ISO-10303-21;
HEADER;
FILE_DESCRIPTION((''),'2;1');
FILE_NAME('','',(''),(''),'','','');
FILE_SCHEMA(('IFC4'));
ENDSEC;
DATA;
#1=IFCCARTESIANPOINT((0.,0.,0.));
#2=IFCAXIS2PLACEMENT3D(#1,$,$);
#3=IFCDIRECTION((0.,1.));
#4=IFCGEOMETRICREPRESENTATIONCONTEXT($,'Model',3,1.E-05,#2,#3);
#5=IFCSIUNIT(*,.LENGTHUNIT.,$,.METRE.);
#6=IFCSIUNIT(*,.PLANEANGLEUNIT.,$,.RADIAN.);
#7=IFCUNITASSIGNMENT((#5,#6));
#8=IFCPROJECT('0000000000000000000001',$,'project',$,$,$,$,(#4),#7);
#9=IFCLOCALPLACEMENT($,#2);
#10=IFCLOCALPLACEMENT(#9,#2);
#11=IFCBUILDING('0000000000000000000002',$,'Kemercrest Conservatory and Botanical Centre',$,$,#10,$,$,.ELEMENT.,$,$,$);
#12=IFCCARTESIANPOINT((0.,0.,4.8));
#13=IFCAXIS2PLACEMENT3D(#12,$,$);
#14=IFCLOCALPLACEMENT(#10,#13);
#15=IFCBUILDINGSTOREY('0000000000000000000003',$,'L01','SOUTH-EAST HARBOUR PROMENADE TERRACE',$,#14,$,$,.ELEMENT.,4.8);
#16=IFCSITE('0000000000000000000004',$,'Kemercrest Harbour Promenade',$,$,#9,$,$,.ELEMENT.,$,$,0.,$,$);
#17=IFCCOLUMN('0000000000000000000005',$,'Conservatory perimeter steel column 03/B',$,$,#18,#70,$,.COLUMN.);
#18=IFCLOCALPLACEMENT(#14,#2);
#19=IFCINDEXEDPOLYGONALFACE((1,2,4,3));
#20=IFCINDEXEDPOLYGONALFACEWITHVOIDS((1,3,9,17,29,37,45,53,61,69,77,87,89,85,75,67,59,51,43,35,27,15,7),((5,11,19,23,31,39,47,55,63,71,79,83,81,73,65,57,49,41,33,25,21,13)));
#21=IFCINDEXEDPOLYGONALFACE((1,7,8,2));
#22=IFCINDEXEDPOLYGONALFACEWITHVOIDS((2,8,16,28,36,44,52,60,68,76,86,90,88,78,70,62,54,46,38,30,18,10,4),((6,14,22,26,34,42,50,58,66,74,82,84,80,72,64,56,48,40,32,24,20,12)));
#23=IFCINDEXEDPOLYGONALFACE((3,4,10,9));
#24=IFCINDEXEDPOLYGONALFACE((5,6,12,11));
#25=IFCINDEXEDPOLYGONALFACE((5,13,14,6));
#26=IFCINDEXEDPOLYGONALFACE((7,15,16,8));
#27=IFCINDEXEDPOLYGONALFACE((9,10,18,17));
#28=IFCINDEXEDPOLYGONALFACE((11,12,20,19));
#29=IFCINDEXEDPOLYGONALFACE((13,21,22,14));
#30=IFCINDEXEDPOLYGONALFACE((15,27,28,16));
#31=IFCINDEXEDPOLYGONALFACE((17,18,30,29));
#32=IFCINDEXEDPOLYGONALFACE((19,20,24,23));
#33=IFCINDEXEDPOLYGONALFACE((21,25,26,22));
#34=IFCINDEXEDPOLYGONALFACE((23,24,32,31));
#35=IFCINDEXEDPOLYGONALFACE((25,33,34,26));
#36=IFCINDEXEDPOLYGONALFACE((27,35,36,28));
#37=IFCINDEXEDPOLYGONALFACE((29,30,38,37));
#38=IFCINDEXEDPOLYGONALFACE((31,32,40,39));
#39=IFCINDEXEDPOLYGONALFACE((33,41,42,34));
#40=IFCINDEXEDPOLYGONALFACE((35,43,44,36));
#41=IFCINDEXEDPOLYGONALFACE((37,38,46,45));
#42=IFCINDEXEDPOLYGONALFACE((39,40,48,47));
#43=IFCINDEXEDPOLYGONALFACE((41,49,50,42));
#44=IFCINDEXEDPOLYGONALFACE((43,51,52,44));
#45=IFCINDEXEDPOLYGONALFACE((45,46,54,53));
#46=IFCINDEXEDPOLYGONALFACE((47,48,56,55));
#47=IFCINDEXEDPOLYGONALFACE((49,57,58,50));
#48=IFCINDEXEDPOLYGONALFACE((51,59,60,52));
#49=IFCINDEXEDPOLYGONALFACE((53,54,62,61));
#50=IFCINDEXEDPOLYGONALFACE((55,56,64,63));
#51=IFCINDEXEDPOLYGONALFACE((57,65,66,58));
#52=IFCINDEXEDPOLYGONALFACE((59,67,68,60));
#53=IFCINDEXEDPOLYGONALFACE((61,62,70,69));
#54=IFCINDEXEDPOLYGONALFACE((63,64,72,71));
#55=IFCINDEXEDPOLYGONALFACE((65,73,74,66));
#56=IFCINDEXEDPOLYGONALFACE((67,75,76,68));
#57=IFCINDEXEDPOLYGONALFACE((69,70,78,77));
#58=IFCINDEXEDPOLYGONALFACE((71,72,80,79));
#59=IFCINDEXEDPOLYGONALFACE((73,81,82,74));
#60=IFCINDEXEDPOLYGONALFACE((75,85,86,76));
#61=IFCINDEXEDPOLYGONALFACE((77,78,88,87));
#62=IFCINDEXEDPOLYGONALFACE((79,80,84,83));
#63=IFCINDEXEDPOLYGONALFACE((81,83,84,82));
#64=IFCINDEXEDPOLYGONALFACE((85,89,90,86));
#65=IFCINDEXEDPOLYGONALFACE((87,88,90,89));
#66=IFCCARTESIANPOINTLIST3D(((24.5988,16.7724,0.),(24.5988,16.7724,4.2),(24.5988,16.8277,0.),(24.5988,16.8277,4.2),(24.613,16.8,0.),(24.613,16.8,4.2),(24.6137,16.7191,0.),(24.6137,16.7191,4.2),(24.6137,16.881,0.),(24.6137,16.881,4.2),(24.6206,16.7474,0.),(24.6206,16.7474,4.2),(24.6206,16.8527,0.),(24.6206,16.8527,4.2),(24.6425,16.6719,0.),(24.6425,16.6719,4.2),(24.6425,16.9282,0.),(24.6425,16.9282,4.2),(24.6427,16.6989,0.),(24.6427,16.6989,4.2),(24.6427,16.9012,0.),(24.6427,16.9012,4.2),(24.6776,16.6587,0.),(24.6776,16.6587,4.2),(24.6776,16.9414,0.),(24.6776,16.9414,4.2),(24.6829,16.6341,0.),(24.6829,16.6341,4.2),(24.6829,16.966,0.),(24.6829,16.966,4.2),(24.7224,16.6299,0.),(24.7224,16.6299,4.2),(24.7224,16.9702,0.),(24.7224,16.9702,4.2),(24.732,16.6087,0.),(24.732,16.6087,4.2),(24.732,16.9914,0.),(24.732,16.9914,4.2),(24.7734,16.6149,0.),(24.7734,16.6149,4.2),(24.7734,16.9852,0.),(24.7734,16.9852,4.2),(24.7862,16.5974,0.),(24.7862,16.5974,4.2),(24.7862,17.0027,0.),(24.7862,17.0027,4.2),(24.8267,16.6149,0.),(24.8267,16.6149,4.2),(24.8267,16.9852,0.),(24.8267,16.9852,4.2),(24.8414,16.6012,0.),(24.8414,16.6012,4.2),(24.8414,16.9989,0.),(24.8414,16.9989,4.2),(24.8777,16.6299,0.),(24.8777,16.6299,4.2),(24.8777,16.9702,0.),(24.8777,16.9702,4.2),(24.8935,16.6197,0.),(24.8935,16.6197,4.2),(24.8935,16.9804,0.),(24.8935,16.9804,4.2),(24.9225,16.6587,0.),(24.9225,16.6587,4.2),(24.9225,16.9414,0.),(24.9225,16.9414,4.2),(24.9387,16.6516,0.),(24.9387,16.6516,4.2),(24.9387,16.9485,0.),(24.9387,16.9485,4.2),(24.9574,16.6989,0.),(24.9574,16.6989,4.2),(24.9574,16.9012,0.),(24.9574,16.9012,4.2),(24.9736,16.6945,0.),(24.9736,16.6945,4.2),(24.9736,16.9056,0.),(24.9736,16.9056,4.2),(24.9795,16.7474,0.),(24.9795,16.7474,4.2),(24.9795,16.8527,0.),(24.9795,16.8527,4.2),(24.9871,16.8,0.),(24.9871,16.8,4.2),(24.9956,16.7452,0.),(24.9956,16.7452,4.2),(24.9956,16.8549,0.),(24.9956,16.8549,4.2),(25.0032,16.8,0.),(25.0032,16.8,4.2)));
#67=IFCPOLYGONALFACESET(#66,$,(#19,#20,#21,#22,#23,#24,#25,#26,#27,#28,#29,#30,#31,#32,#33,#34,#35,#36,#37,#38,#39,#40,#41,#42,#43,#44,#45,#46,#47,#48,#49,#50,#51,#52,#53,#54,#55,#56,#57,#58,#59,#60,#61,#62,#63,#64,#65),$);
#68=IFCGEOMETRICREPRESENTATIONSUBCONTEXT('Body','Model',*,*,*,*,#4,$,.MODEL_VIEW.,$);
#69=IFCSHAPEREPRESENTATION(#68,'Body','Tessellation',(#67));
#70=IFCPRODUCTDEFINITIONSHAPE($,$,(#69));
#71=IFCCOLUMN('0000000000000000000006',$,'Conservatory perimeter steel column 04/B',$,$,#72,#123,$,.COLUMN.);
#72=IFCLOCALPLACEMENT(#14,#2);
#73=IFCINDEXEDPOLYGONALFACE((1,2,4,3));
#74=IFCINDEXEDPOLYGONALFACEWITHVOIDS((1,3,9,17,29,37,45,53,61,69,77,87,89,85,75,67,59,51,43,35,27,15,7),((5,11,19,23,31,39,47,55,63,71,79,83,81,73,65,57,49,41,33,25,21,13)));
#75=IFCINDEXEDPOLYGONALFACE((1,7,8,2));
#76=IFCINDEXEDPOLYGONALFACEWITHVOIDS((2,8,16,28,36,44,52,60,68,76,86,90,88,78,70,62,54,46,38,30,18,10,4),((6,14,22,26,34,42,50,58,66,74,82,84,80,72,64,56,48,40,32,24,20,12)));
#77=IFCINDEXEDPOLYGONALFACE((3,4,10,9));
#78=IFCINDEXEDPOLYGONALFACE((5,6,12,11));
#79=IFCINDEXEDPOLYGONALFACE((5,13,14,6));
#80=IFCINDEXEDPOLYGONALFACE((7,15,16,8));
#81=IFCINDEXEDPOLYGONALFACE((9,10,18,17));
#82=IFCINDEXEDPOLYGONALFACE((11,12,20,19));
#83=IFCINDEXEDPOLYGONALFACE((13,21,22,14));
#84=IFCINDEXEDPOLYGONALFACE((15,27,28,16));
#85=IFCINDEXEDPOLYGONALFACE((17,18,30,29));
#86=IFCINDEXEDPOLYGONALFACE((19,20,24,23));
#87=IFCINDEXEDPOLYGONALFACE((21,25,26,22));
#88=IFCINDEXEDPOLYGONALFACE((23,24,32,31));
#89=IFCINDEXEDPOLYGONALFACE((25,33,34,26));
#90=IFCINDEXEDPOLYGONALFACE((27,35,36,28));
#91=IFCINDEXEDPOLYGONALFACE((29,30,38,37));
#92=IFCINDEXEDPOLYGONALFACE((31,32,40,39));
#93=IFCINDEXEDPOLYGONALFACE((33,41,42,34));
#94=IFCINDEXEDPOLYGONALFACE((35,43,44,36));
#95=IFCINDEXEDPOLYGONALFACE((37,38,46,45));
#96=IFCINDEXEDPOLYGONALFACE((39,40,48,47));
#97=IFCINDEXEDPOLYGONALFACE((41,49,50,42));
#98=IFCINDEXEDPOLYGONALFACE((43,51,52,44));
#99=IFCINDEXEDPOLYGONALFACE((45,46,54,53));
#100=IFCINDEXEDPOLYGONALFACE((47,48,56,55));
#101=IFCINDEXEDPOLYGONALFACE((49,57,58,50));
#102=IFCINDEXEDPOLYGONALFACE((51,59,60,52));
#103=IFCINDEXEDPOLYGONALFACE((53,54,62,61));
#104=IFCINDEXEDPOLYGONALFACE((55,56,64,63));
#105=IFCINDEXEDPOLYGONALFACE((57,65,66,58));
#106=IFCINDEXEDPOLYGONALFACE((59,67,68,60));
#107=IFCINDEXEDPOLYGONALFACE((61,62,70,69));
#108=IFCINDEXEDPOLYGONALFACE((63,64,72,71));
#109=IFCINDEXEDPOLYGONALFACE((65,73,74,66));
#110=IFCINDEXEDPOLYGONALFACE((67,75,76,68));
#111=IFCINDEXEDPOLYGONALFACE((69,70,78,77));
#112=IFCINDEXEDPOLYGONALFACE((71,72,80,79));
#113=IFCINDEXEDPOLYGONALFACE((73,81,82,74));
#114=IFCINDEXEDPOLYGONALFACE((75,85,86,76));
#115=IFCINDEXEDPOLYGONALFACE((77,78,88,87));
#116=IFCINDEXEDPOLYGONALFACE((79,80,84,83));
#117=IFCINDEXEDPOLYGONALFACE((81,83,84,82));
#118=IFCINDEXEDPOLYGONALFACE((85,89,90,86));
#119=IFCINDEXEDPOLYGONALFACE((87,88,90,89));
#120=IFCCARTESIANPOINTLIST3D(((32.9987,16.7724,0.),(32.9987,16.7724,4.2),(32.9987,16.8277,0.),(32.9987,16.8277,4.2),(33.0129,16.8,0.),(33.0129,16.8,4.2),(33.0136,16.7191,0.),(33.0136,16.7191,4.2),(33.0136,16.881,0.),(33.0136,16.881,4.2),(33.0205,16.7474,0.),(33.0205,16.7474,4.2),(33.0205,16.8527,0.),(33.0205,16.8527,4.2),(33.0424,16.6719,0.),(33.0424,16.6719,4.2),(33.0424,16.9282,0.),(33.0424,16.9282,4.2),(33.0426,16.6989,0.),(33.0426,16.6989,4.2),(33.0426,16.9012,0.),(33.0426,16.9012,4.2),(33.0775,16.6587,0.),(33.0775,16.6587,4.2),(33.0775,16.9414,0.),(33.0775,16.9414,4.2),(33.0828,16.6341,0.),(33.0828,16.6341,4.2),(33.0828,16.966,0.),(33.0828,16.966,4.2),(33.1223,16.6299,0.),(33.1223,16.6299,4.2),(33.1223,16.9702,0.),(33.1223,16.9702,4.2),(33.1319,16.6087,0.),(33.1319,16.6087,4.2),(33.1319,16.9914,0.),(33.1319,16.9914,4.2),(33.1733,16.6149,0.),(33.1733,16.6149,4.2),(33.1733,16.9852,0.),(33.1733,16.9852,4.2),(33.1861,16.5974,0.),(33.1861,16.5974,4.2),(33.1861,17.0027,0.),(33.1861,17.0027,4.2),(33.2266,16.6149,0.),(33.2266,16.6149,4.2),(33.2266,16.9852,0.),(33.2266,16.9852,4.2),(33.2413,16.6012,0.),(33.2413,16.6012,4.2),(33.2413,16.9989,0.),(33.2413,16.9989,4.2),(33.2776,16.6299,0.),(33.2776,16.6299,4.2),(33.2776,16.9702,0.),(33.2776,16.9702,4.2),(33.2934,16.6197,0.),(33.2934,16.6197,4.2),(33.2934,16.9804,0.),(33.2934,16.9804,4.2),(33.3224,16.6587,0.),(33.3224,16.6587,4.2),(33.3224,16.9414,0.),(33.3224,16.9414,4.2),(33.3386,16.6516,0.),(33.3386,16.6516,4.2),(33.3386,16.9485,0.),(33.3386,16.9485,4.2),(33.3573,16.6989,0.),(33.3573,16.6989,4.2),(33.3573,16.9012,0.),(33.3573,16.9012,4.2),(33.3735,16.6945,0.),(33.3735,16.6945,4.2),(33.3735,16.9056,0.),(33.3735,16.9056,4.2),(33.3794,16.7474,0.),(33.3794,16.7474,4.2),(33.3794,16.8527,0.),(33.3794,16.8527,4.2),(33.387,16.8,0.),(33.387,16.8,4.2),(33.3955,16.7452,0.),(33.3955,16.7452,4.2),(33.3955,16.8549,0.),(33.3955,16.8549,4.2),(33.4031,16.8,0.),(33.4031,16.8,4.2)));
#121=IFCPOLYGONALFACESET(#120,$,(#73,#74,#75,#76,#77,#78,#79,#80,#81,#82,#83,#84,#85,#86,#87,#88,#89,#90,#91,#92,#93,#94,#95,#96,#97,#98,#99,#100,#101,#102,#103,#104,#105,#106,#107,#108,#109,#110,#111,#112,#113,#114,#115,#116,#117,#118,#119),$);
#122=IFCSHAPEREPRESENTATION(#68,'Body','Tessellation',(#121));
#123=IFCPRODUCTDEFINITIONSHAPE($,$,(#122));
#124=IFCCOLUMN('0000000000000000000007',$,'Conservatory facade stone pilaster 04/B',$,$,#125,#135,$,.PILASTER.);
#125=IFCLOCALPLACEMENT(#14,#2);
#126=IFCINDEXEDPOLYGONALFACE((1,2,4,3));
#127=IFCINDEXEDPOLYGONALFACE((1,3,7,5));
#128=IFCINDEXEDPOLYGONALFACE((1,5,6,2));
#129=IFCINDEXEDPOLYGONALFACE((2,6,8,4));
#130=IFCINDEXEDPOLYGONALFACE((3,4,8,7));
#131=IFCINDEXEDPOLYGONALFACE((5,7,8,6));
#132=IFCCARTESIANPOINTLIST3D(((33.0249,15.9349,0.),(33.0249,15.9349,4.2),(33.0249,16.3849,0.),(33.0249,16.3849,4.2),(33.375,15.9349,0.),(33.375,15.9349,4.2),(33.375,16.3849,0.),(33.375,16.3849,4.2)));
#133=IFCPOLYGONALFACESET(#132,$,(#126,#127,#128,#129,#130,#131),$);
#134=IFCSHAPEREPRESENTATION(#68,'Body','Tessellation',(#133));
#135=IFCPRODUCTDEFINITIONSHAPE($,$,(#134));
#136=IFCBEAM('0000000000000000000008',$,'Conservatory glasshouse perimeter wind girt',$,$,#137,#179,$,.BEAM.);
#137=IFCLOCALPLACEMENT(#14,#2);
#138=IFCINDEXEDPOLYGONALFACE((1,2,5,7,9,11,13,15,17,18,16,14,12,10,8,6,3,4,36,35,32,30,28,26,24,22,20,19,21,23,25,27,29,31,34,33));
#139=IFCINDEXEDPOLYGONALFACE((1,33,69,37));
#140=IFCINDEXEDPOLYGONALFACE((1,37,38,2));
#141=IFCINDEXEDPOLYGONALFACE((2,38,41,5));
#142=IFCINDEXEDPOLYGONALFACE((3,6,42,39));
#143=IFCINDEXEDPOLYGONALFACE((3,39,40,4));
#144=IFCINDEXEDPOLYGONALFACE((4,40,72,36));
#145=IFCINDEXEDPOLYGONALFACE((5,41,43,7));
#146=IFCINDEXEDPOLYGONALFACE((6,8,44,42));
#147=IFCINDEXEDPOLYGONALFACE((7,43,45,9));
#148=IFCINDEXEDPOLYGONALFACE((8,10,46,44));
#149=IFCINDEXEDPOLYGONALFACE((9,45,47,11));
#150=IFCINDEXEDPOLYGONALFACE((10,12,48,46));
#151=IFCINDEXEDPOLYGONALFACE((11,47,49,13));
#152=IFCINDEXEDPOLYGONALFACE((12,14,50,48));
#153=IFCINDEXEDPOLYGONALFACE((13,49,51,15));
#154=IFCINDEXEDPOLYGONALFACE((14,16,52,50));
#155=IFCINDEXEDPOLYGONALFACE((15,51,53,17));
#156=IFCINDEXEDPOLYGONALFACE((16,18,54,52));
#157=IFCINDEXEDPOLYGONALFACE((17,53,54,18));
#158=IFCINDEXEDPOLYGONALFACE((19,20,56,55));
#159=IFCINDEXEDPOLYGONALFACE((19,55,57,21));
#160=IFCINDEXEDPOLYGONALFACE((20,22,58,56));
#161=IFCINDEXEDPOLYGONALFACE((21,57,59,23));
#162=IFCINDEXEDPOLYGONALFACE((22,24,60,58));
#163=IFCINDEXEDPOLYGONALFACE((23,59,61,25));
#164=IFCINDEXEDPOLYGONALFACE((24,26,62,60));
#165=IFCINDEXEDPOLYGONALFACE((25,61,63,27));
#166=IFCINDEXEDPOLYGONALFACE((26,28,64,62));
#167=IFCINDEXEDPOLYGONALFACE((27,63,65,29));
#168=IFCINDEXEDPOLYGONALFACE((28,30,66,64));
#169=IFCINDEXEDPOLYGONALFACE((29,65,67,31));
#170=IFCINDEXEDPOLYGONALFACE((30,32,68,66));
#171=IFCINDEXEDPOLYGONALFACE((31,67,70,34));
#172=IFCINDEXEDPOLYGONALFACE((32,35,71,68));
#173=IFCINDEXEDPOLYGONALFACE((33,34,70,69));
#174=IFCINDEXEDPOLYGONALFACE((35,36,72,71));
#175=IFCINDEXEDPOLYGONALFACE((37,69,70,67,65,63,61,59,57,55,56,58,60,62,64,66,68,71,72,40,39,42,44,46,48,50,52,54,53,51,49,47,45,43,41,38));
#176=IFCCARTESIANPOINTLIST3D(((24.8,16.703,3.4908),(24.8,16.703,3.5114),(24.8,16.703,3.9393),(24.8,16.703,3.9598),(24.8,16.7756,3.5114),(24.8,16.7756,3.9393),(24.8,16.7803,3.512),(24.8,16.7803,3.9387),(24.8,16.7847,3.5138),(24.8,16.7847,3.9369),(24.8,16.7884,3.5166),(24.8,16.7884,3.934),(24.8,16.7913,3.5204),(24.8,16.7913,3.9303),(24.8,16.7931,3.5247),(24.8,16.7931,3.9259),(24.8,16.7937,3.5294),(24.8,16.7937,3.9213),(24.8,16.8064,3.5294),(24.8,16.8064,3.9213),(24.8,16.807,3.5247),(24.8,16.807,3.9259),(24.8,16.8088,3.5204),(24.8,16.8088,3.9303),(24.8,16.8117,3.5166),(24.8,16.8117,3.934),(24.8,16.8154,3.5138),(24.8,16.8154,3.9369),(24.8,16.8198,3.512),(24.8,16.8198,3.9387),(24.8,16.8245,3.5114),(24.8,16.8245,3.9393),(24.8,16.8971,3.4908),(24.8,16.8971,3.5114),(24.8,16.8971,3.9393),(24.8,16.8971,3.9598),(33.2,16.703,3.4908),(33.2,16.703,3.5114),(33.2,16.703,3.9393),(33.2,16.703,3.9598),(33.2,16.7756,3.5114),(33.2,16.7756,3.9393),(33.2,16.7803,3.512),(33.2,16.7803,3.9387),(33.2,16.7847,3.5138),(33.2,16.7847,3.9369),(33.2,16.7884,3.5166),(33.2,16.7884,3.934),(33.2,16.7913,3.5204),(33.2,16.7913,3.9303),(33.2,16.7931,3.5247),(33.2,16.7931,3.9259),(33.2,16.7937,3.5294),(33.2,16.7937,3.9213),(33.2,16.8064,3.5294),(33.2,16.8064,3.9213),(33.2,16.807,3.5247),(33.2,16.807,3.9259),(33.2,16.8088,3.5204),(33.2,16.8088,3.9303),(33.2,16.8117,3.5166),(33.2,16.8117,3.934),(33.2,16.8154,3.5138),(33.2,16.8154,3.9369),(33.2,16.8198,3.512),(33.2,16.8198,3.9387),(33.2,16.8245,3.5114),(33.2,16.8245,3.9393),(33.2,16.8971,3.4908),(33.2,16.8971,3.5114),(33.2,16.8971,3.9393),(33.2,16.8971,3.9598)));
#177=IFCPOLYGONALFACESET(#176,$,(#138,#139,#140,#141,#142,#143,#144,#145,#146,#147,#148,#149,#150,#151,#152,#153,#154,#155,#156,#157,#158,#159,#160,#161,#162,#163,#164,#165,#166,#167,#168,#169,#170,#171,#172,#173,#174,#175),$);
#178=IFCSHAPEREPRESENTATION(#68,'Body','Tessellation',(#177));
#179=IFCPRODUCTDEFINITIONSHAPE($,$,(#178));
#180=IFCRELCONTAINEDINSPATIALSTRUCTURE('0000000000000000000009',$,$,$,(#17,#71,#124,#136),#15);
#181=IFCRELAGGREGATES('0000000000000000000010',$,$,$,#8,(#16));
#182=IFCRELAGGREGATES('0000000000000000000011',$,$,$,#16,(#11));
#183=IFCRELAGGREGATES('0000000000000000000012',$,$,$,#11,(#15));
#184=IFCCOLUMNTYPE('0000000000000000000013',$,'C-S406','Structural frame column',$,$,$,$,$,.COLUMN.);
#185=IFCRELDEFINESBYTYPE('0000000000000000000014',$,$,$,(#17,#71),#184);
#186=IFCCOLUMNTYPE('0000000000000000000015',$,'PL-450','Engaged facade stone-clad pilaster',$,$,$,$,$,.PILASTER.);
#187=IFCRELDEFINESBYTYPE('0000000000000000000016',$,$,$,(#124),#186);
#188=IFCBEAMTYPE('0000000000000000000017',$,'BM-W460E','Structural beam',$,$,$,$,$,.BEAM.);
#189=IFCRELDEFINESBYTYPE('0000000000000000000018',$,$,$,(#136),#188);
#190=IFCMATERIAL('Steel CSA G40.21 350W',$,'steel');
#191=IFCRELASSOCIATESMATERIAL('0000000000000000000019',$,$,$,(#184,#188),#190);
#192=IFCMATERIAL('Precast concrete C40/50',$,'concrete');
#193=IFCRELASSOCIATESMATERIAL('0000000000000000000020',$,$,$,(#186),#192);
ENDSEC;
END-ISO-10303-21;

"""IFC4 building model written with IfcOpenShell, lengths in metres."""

from ifc_helpers import new_model, si_unit, direction, frame, origin, origin_2d, place, context, subcontext, project, spatial, rectangle, hollow_circle, i_section, extrude, material, material_profile, profile_set, type_object, element, save


model = new_model("IFC4")

# Units and contexts
model_context = context("Model", 3, precision=1e-05, world=origin(), true_north=direction((0.0, 1.0)))
body_context = subcontext(model_context, "Body", "Model", "MODEL_VIEW")
ifc_project = project(units=[si_unit("LENGTHUNIT", "METRE"), si_unit("PLANEANGLEUNIT", "RADIAN")], contexts=[model_context])

# Site, building, storey
site_placement = place(None, origin())
site = spatial("IfcSite", under=ifc_project, at=site_placement, Name="Kemercrest Harbour Promenade", CompositionType="ELEMENT", RefElevation=0.0)
building_placement = place(site_placement, origin())
building = spatial("IfcBuilding", under=site, at=building_placement, Name="Kemercrest Conservatory and Botanical Centre", CompositionType="ELEMENT")
storey_placement = place(building_placement, frame((0.0, 0.0, 4.8)))
storey = spatial("IfcBuildingStorey", under=building, at=storey_placement, Name="L01", Description="SOUTH-EAST HARBOUR PROMENADE TERRACE", CompositionType="ELEMENT", Elevation=4.8)

# Columns
ifc_material_1 = material(Name="Steel CSA G40.21 350W", Category="steel")
ifc_material_profile_1 = material_profile(ifc_material_1, hollow_circle(Radius=0.2031, WallThickness=0.0161, at=origin_2d()), Name="CHS 406.4x16.0")
ifc_profile_set_1 = profile_set([ifc_material_profile_1], Name="Steel CSA G40.21 350W")
column_type_1 = type_object("IfcColumnType", Name="C-S406", Description="Structural frame column", PredefinedType="COLUMN", material=ifc_profile_set_1)
for number, where, z_axis, x_axis, name in (
    (1, (24.8, 16.8, 0.0), (0.0, 0.0, 1.0), (1.0, 0.0, 0.0), "Conservatory perimeter steel column 03/B"),
    (2, (33.2, 16.8, 0.0), (0.0, 0.0, 1.0), (1.0, 0.0, 0.0), "Conservatory perimeter steel column 04/B"),
):
    element("IfcColumn", number, at=place(storey_placement, frame(where, z_axis=z_axis, x_axis=x_axis)), inside=storey, type_object=column_type_1, Name=name, PredefinedType="COLUMN", context=body_context, shape_type="SweptSolid", body=[
        extrude(hollow_circle(Radius=0.2031, WallThickness=0.0161, at=origin_2d()), origin(), (0.0, 0.0, 1.0), 4.2),
    ])
ifc_material_2 = material(Name="Precast concrete C40/50", Category="concrete")
ifc_material_profile_2 = material_profile(ifc_material_2, rectangle(XDim=0.3501, YDim=0.45, at=origin_2d()), Name="RC 450x350")
ifc_profile_set_2 = profile_set([ifc_material_profile_2], Name="Precast concrete C40/50")
column_type_2 = type_object("IfcColumnType", Name="PL-450", Description="Engaged facade stone-clad pilaster", PredefinedType="PILASTER", material=ifc_profile_set_2)
column_placement = place(storey_placement, frame((33.2, 16.1599, 0.0), z_axis=(0.0, 0.0, 1.0), x_axis=(1.0, 0.0, 0.0)))
element("IfcColumn", 3, at=column_placement, inside=storey, type_object=column_type_2, Name="Conservatory facade stone pilaster 04/B", PredefinedType="PILASTER", context=body_context, shape_type="SweptSolid", body=[
    extrude(rectangle(XDim=0.3501, YDim=0.45, at=origin_2d()), origin(), (0.0, 0.0, 1.0), 4.2),
])

# Beam
ifc_material_profile_3 = material_profile(ifc_material_1, i_section(OverallWidth=0.1941, OverallDepth=0.469, WebThickness=0.0127, FlangeThickness=0.0205, FilletRadius=0.0181, at=origin_2d()), Name="W460X106")
ifc_profile_set_3 = profile_set([ifc_material_profile_3], Name="Steel CSA G40.21 350W")
beam_type = type_object("IfcBeamType", Name="BM-W460E", Description="Structural beam", PredefinedType="BEAM", material=ifc_profile_set_3)
beam_1_placement = place(storey_placement, frame((24.8, 16.8, 3.7253), z_axis=(1.0, 0.0, 0.0), x_axis=(0.0, 1.0, 0.0)))
element("IfcBeam", 4, at=beam_1_placement, inside=storey, type_object=beam_type, Name="Conservatory glasshouse perimeter wind girt", PredefinedType="BEAM", context=body_context, shape_type="SweptSolid", body=[
    extrude(i_section(OverallWidth=0.1941, OverallDepth=0.469, WebThickness=0.0127, FlangeThickness=0.0205, FilletRadius=0.0181, at=origin_2d()), origin(), (0.0, 0.0, 1.0), 8.3999),
])

save(model, "model.ifc")
